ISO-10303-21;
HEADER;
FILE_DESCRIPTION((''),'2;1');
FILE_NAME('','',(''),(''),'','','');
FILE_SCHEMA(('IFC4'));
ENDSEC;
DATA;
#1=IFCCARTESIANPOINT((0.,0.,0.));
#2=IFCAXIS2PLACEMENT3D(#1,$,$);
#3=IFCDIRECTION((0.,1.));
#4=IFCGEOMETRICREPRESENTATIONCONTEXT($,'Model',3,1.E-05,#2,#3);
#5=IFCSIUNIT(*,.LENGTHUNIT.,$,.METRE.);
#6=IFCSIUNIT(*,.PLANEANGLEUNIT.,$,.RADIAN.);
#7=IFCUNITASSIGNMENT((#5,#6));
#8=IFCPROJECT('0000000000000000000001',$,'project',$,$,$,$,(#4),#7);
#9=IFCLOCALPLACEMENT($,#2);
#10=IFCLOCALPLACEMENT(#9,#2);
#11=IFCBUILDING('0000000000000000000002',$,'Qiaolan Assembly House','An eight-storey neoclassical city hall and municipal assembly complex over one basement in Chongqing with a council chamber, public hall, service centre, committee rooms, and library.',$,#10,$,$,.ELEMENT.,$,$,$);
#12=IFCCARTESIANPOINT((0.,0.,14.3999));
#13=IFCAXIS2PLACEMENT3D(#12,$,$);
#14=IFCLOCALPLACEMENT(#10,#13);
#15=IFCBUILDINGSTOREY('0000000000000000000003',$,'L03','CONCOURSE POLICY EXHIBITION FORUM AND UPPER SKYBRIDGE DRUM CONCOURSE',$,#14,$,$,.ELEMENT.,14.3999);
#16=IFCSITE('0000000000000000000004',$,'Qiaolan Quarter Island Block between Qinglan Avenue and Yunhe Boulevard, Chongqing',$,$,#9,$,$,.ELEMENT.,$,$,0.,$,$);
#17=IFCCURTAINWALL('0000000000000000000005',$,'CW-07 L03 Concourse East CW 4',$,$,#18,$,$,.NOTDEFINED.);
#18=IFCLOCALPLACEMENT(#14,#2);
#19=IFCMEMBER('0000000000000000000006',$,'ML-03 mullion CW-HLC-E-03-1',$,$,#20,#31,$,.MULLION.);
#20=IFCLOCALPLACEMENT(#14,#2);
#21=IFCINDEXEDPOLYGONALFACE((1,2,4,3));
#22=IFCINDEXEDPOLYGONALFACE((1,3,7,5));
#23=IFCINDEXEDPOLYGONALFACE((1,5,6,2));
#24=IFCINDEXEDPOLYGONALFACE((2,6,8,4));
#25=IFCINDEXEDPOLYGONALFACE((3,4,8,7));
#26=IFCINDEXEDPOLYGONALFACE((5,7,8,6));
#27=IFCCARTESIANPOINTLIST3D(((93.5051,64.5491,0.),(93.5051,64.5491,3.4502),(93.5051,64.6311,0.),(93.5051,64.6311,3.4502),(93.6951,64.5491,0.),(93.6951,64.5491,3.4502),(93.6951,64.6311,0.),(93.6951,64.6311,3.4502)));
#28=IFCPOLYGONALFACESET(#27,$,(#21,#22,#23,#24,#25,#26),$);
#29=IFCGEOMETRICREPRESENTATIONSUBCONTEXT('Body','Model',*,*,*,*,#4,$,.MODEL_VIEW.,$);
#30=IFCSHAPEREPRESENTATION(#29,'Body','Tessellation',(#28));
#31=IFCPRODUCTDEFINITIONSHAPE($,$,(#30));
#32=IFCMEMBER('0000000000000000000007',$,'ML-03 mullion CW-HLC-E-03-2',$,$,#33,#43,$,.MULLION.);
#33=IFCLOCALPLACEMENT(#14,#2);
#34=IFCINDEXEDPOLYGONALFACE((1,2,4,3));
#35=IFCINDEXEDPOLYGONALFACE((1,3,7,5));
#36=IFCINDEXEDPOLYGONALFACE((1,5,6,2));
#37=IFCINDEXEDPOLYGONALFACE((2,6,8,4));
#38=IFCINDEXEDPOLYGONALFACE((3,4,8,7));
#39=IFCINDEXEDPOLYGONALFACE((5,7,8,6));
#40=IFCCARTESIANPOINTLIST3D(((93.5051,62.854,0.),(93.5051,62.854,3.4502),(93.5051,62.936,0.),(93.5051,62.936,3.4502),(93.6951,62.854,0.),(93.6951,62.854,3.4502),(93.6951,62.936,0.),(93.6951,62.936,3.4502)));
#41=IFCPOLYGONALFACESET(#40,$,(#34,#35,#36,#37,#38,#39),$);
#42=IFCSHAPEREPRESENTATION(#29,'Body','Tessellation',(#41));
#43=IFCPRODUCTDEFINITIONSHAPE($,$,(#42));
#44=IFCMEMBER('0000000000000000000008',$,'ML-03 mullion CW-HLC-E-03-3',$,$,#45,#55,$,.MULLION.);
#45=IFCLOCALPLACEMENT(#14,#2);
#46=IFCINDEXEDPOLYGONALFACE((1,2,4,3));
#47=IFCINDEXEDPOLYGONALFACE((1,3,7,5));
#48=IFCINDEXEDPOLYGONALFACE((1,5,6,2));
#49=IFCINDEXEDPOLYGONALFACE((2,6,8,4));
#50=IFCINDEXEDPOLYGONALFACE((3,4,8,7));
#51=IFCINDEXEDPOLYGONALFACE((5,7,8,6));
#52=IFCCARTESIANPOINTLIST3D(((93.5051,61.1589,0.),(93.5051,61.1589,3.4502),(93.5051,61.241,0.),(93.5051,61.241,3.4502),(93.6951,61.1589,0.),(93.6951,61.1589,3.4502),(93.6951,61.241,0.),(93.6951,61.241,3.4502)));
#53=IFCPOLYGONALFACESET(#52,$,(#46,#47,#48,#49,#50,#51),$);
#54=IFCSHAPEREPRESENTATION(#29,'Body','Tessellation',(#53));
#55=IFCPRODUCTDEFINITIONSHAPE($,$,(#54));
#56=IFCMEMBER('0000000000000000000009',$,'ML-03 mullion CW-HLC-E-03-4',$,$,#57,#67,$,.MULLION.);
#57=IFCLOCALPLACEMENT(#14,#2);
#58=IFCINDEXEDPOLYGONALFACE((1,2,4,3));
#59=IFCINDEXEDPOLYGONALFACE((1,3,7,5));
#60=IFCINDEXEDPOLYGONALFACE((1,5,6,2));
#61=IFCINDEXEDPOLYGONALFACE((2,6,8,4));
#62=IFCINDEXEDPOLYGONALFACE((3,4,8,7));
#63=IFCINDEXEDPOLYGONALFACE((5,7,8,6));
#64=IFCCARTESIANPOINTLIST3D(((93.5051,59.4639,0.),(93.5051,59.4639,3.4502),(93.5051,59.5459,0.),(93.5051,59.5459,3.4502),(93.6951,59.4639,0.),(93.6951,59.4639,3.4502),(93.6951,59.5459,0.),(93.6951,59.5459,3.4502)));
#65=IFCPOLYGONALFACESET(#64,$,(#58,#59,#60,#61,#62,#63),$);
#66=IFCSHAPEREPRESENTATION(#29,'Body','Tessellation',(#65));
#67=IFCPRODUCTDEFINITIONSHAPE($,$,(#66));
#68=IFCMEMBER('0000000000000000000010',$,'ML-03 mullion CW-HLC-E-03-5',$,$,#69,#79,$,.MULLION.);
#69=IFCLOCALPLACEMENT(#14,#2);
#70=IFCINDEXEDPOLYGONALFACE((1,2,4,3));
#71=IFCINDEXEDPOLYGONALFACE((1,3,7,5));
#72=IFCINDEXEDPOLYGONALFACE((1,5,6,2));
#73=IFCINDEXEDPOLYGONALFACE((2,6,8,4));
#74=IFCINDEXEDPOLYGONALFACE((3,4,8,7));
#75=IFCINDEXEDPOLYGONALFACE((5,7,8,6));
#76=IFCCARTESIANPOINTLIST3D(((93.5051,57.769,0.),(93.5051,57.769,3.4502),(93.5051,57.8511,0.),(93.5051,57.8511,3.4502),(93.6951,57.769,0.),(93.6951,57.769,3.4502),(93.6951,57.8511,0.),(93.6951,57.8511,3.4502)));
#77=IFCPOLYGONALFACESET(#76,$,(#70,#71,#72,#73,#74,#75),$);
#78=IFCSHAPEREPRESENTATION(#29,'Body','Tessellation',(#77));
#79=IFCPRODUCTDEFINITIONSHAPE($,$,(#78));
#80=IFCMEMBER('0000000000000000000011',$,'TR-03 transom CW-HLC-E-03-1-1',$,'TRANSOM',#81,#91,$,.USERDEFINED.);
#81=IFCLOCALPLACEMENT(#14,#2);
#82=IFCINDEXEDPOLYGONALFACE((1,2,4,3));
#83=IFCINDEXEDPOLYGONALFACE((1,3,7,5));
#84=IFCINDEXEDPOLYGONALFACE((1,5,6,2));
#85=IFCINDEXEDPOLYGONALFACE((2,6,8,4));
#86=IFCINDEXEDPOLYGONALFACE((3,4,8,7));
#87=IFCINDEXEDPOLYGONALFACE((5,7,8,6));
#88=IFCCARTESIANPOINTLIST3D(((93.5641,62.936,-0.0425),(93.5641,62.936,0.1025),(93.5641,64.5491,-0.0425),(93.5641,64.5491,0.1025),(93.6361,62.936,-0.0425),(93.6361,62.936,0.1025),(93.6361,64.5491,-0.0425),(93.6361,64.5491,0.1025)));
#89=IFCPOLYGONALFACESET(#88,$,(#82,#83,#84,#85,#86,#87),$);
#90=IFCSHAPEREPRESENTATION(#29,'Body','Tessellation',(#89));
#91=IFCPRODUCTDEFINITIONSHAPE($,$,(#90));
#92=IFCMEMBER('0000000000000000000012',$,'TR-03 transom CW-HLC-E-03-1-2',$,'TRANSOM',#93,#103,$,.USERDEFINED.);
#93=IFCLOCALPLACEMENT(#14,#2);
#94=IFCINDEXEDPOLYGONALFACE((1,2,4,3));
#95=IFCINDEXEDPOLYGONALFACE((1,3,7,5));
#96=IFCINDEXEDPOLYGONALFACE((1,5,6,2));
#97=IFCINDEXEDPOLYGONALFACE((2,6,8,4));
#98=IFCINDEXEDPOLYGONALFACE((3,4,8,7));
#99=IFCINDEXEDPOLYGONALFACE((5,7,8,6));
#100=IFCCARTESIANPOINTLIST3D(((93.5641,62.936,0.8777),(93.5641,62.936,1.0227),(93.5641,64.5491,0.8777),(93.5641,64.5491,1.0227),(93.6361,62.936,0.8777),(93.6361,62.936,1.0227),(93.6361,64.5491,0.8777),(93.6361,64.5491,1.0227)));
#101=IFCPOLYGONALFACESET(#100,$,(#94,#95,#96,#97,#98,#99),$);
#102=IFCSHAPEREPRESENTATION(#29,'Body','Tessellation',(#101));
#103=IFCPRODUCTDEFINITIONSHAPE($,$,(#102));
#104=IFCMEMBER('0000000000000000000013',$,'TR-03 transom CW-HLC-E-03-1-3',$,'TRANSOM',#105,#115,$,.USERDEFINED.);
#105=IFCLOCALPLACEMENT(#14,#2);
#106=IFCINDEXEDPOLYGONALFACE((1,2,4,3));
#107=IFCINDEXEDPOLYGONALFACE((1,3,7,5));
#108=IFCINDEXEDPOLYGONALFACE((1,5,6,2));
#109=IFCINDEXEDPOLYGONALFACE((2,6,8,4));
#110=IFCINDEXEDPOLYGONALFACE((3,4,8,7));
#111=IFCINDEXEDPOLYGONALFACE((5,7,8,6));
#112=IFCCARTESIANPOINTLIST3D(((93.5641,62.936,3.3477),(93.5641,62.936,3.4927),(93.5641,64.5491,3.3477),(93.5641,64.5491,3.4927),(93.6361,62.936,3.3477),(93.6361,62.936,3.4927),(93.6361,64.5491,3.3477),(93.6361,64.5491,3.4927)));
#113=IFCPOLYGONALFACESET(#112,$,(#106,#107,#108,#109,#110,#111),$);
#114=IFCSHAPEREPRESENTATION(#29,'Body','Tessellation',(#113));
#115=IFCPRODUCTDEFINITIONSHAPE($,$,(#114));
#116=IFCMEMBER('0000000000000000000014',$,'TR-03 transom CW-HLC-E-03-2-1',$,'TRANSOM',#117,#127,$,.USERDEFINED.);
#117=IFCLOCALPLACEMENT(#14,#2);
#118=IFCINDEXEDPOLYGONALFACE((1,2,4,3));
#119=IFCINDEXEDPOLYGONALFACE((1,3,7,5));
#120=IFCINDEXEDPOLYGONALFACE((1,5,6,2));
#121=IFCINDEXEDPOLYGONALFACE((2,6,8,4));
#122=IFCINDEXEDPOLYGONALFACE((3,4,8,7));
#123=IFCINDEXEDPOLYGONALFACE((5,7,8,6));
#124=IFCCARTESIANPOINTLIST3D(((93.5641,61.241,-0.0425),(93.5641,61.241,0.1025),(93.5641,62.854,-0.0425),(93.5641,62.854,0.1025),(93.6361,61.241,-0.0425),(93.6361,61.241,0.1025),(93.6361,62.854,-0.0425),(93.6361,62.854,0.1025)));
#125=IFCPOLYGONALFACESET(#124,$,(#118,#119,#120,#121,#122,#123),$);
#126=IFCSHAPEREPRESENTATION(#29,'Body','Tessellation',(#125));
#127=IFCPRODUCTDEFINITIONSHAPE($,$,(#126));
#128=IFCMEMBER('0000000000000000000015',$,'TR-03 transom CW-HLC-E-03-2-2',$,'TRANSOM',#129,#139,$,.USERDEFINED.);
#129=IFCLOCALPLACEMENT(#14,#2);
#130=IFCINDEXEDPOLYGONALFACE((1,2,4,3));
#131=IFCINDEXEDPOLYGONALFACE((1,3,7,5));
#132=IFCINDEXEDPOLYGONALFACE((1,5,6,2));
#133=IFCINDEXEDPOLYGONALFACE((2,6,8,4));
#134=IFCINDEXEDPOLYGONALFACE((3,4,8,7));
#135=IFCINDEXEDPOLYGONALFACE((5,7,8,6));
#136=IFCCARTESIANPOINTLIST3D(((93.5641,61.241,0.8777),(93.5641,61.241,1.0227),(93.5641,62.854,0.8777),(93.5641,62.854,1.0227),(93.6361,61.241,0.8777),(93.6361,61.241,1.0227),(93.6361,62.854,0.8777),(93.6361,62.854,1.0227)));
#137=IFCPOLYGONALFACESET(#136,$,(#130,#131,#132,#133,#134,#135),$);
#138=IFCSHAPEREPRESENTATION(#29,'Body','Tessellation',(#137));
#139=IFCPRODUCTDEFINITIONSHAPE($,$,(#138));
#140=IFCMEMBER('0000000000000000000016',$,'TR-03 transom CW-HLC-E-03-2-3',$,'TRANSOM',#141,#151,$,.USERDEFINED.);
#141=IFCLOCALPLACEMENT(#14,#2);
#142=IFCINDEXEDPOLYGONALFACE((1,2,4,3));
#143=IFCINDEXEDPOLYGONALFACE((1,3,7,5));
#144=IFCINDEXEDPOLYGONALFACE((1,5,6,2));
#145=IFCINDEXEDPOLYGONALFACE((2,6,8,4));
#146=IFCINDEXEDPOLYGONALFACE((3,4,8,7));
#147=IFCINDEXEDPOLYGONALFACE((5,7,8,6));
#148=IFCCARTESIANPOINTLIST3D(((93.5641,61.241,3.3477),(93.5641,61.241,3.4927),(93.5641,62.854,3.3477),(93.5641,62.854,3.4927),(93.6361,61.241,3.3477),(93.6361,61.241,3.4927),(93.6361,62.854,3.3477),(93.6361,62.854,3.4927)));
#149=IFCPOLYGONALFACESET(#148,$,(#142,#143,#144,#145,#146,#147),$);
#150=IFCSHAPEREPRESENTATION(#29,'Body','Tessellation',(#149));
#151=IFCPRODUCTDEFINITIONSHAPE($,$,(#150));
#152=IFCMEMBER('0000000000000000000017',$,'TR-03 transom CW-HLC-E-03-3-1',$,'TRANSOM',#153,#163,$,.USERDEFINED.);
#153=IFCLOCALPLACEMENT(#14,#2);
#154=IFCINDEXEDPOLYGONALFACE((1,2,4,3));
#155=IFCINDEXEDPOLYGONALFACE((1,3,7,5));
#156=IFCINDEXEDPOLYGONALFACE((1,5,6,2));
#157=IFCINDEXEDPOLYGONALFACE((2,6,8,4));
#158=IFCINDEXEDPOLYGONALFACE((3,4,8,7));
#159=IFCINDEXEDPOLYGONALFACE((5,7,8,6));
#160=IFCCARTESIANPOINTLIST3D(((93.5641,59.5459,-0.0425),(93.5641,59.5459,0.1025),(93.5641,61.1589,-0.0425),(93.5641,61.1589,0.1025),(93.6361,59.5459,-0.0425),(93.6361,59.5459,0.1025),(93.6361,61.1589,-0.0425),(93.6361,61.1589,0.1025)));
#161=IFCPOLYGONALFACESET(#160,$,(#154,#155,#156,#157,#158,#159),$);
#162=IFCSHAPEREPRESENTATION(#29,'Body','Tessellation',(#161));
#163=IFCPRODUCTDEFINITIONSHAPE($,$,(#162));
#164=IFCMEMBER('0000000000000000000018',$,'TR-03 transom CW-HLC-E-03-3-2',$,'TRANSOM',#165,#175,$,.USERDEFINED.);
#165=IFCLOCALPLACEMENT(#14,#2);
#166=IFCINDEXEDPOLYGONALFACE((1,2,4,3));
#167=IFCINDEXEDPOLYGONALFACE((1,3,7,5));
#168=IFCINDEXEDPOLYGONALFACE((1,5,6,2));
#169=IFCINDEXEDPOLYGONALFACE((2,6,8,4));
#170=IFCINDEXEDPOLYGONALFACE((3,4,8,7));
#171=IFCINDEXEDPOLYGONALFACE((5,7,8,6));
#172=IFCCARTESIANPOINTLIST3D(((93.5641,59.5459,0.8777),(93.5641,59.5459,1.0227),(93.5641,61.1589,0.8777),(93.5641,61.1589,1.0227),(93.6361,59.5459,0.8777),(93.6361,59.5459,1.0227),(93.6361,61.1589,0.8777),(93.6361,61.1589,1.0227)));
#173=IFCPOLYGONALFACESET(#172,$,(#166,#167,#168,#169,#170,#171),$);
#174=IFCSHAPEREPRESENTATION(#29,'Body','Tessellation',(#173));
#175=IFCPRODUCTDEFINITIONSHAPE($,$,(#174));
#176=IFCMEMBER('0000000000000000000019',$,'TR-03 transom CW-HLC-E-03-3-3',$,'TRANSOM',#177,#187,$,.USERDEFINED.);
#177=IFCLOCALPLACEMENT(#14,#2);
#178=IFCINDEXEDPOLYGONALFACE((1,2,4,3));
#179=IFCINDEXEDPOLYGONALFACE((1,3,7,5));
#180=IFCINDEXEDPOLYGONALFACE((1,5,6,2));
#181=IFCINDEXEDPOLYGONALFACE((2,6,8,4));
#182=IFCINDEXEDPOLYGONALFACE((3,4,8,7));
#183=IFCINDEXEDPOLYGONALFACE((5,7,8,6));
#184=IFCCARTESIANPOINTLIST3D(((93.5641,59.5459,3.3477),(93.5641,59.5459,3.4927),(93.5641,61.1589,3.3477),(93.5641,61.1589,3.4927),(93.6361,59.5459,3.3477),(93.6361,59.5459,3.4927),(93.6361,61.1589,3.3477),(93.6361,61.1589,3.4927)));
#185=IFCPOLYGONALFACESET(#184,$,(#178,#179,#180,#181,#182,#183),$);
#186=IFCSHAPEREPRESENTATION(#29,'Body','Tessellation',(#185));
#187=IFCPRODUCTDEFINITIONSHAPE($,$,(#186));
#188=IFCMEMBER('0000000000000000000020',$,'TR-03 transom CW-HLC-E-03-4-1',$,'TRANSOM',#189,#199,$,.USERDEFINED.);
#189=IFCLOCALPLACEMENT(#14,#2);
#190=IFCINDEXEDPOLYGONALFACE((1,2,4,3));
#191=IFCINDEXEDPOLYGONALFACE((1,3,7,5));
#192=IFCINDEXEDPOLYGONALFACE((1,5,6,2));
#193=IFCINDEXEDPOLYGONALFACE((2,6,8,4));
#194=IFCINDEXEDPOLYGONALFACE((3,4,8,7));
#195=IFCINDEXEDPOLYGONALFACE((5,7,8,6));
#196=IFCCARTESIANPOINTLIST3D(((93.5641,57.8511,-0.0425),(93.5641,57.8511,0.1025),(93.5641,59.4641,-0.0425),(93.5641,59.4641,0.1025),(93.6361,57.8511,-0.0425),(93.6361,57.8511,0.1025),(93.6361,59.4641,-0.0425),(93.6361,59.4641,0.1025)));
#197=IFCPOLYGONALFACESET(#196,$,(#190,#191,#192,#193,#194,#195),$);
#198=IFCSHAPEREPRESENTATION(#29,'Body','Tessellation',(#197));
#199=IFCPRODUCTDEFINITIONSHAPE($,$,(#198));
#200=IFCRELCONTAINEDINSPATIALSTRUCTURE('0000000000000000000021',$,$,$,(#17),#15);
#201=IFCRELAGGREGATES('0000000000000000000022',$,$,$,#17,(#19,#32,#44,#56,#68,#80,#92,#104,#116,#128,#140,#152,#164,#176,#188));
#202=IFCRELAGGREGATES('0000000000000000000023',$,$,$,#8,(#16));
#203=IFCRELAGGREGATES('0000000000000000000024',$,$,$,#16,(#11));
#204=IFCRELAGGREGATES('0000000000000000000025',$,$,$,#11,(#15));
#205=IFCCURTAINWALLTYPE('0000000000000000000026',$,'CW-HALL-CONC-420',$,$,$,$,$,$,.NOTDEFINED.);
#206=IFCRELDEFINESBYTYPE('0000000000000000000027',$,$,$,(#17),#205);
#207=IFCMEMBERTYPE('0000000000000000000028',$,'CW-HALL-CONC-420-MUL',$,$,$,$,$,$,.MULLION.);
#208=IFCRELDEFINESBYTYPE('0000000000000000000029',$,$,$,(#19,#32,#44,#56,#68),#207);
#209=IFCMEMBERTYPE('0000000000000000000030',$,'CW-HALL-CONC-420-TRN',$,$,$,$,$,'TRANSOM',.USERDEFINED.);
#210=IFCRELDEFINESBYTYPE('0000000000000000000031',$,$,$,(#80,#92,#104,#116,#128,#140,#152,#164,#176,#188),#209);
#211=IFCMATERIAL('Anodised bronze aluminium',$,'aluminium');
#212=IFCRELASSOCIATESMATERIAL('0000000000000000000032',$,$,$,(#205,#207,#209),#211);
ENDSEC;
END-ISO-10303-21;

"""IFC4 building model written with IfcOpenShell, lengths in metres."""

from ifc_helpers import new_model, si_unit, direction, frame, origin, origin_2d, place, context, subcontext, project, spatial, rectangle, extrude, material, material_profile, profile_set, type_object, element, aggregate, save


model = new_model("IFC4")

# Units and contexts
model_context = context("Model", 3, precision=1e-05, world=origin(), true_north=direction((0.0, 1.0)))
body_context = subcontext(model_context, "Body", "Model", "MODEL_VIEW")
ifc_project = project(units=[si_unit("LENGTHUNIT", "METRE"), si_unit("PLANEANGLEUNIT", "RADIAN")], contexts=[model_context])

# Site, building, storey
site_placement = place(None, origin())
site = spatial("IfcSite", under=ifc_project, at=site_placement, Name="Qiaolan Quarter Island Block between Qinglan Avenue and Yunhe Boulevard, Chongqing", CompositionType="ELEMENT", RefElevation=0.0)
building_placement = place(site_placement, origin())
building = spatial("IfcBuilding", under=site, at=building_placement, Name="Qiaolan Assembly House", Description="An eight-storey neoclassical city hall and municipal assembly complex over one basement in Chongqing with a council chamber, public hall, service centre, committee rooms, and library.", CompositionType="ELEMENT")
storey_placement = place(building_placement, frame((0.0, 0.0, 14.3999)))
storey = spatial("IfcBuildingStorey", under=building, at=storey_placement, Name="L03", Description="CONCOURSE POLICY EXHIBITION FORUM AND UPPER SKYBRIDGE DRUM CONCOURSE", CompositionType="ELEMENT", Elevation=14.3999)

# Curtain wall, members
ifc_material_1 = material(Name="Anodised bronze aluminium", Category="aluminium")
curtain_wall_type = type_object("IfcCurtainWallType", Name="CW-HALL-CONC-420", PredefinedType="NOTDEFINED", material=ifc_material_1)
curtain_wall_placement = place(storey_placement, origin())
curtain_wall = element("IfcCurtainWall", 1, at=curtain_wall_placement, inside=storey, type_object=curtain_wall_type, Name="CW-07 L03 Concourse East CW 4", PredefinedType="NOTDEFINED")
ifc_material_profile_1 = material_profile(ifc_material_1, rectangle(XDim=0.082, YDim=0.1899, at=origin_2d()), Name="MUL 82x190")
ifc_profile_set_1 = profile_set([ifc_material_profile_1], Name="Anodised bronze aluminium")
member_type_1 = type_object("IfcMemberType", Name="CW-HALL-CONC-420-MUL", PredefinedType="MULLION", material=ifc_profile_set_1)
member_1_placement = place(storey_placement, frame((93.6001, 64.5901, 0.0), z_axis=(0.0, 0.0, 1.0), x_axis=(0.0, -1.0, 0.0)))
member_1 = element("IfcMember", 2, at=member_1_placement, type_object=member_type_1, Name="ML-03 mullion CW-HLC-E-03-1", PredefinedType="MULLION", context=body_context, shape_type="SweptSolid", body=[
    extrude(rectangle(XDim=0.082, YDim=0.1899, at=origin_2d()), origin(), (0.0, 0.0, 1.0), 3.4502),
])
member_2_placement = place(storey_placement, frame((93.6001, 62.895, 0.0), z_axis=(0.0, 0.0, 1.0), x_axis=(0.0, -1.0, 0.0)))
member_2 = element("IfcMember", 3, at=member_2_placement, type_object=member_type_1, Name="ML-03 mullion CW-HLC-E-03-2", PredefinedType="MULLION", context=body_context, shape_type="SweptSolid", body=[
    extrude(rectangle(XDim=0.082, YDim=0.1899, at=origin_2d()), origin(), (0.0, 0.0, 1.0), 3.4502),
])
member_3_placement = place(storey_placement, frame((93.6001, 61.2, 0.0), z_axis=(0.0, 0.0, 1.0), x_axis=(0.0, -1.0, 0.0)))
member_3 = element("IfcMember", 4, at=member_3_placement, type_object=member_type_1, Name="ML-03 mullion CW-HLC-E-03-3", PredefinedType="MULLION", context=body_context, shape_type="SweptSolid", body=[
    extrude(rectangle(XDim=0.082, YDim=0.1899, at=origin_2d()), origin(), (0.0, 0.0, 1.0), 3.4502),
])
member_4_placement = place(storey_placement, frame((93.6001, 59.5049, 0.0), z_axis=(0.0, 0.0, 1.0), x_axis=(0.0, -1.0, 0.0)))
member_4 = element("IfcMember", 5, at=member_4_placement, type_object=member_type_1, Name="ML-03 mullion CW-HLC-E-03-4", PredefinedType="MULLION", context=body_context, shape_type="SweptSolid", body=[
    extrude(rectangle(XDim=0.082, YDim=0.1899, at=origin_2d()), origin(), (0.0, 0.0, 1.0), 3.4502),
])
member_5_placement = place(storey_placement, frame((93.6001, 57.8101, 0.0), z_axis=(0.0, 0.0, 1.0), x_axis=(0.0, -1.0, 0.0)))
member_5 = element("IfcMember", 6, at=member_5_placement, type_object=member_type_1, Name="ML-03 mullion CW-HLC-E-03-5", PredefinedType="MULLION", context=body_context, shape_type="SweptSolid", body=[
    extrude(rectangle(XDim=0.082, YDim=0.1899, at=origin_2d()), origin(), (0.0, 0.0, 1.0), 3.4502),
])
ifc_material_profile_2 = material_profile(ifc_material_1, rectangle(XDim=0.072, YDim=0.145, at=origin_2d()), Name="TRN 72x145")
ifc_profile_set_2 = profile_set([ifc_material_profile_2], Name="Anodised bronze aluminium")
member_type_2 = type_object("IfcMemberType", Name="CW-HALL-CONC-420-TRN", ElementType="TRANSOM", PredefinedType="USERDEFINED", material=ifc_profile_set_2)
member_6_placement = place(storey_placement, frame((93.6001, 64.5491, 0.03), z_axis=(0.0, -1.0, 0.0), x_axis=(1.0, 0.0, 0.0)))
member_6 = element("IfcMember", 7, at=member_6_placement, type_object=member_type_2, Name="TR-03 transom CW-HLC-E-03-1-1", ObjectType="TRANSOM", PredefinedType="USERDEFINED", context=body_context, shape_type="SweptSolid", body=[
    extrude(rectangle(XDim=0.072, YDim=0.145, at=origin_2d()), origin(), (0.0, 0.0, 1.0), 1.613),
])
member_7_placement = place(storey_placement, frame((93.6001, 64.5491, 0.9502), z_axis=(0.0, -1.0, 0.0), x_axis=(1.0, 0.0, 0.0)))
member_7 = element("IfcMember", 8, at=member_7_placement, type_object=member_type_2, Name="TR-03 transom CW-HLC-E-03-1-2", ObjectType="TRANSOM", PredefinedType="USERDEFINED", context=body_context, shape_type="SweptSolid", body=[
    extrude(rectangle(XDim=0.072, YDim=0.145, at=origin_2d()), origin(), (0.0, 0.0, 1.0), 1.613),
])
member_8_placement = place(storey_placement, frame((93.6001, 64.5491, 3.4202), z_axis=(0.0, -1.0, 0.0), x_axis=(1.0, 0.0, 0.0)))
member_8 = element("IfcMember", 9, at=member_8_placement, type_object=member_type_2, Name="TR-03 transom CW-HLC-E-03-1-3", ObjectType="TRANSOM", PredefinedType="USERDEFINED", context=body_context, shape_type="SweptSolid", body=[
    extrude(rectangle(XDim=0.072, YDim=0.145, at=origin_2d()), origin(), (0.0, 0.0, 1.0), 1.613),
])
member_9_placement = place(storey_placement, frame((93.6001, 62.854, 0.03), z_axis=(0.0, -1.0, 0.0), x_axis=(1.0, 0.0, 0.0)))
member_9 = element("IfcMember", 10, at=member_9_placement, type_object=member_type_2, Name="TR-03 transom CW-HLC-E-03-2-1", ObjectType="TRANSOM", PredefinedType="USERDEFINED", context=body_context, shape_type="SweptSolid", body=[
    extrude(rectangle(XDim=0.072, YDim=0.145, at=origin_2d()), origin(), (0.0, 0.0, 1.0), 1.613),
])
member_10_placement = place(storey_placement, frame((93.6001, 62.854, 0.9502), z_axis=(0.0, -1.0, 0.0), x_axis=(1.0, 0.0, 0.0)))
member_10 = element("IfcMember", 11, at=member_10_placement, type_object=member_type_2, Name="TR-03 transom CW-HLC-E-03-2-2", ObjectType="TRANSOM", PredefinedType="USERDEFINED", context=body_context, shape_type="SweptSolid", body=[
    extrude(rectangle(XDim=0.072, YDim=0.145, at=origin_2d()), origin(), (0.0, 0.0, 1.0), 1.613),
])
member_11_placement = place(storey_placement, frame((93.6001, 62.854, 3.4202), z_axis=(0.0, -1.0, 0.0), x_axis=(1.0, 0.0, 0.0)))
member_11 = element("IfcMember", 12, at=member_11_placement, type_object=member_type_2, Name="TR-03 transom CW-HLC-E-03-2-3", ObjectType="TRANSOM", PredefinedType="USERDEFINED", context=body_context, shape_type="SweptSolid", body=[
    extrude(rectangle(XDim=0.072, YDim=0.145, at=origin_2d()), origin(), (0.0, 0.0, 1.0), 1.613),
])
member_12_placement = place(storey_placement, frame((93.6001, 61.1589, 0.03), z_axis=(0.0, -1.0, 0.0), x_axis=(1.0, 0.0, 0.0)))
member_12 = element("IfcMember", 13, at=member_12_placement, type_object=member_type_2, Name="TR-03 transom CW-HLC-E-03-3-1", ObjectType="TRANSOM", PredefinedType="USERDEFINED", context=body_context, shape_type="SweptSolid", body=[
    extrude(rectangle(XDim=0.072, YDim=0.145, at=origin_2d()), origin(), (0.0, 0.0, 1.0), 1.613),
])
member_13_placement = place(storey_placement, frame((93.6001, 61.1589, 0.9502), z_axis=(0.0, -1.0, 0.0), x_axis=(1.0, 0.0, 0.0)))
member_13 = element("IfcMember", 14, at=member_13_placement, type_object=member_type_2, Name="TR-03 transom CW-HLC-E-03-3-2", ObjectType="TRANSOM", PredefinedType="USERDEFINED", context=body_context, shape_type="SweptSolid", body=[
    extrude(rectangle(XDim=0.072, YDim=0.145, at=origin_2d()), origin(), (0.0, 0.0, 1.0), 1.613),
])
member_14_placement = place(storey_placement, frame((93.6001, 61.1589, 3.4202), z_axis=(0.0, -1.0, 0.0), x_axis=(1.0, 0.0, 0.0)))
member_14 = element("IfcMember", 15, at=member_14_placement, type_object=member_type_2, Name="TR-03 transom CW-HLC-E-03-3-3", ObjectType="TRANSOM", PredefinedType="USERDEFINED", context=body_context, shape_type="SweptSolid", body=[
    extrude(rectangle(XDim=0.072, YDim=0.145, at=origin_2d()), origin(), (0.0, 0.0, 1.0), 1.613),
])
member_15_placement = place(storey_placement, frame((93.6001, 59.4641, 0.03), z_axis=(0.0, -1.0, 0.0), x_axis=(1.0, 0.0, 0.0)))
member_15 = element("IfcMember", 16, at=member_15_placement, type_object=member_type_2, Name="TR-03 transom CW-HLC-E-03-4-1", ObjectType="TRANSOM", PredefinedType="USERDEFINED", context=body_context, shape_type="SweptSolid", body=[
    extrude(rectangle(XDim=0.072, YDim=0.145, at=origin_2d()), origin(), (0.0, 0.0, 1.0), 1.613),
])

aggregate(curtain_wall, [member_1, member_2, member_3, member_4, member_5, member_6, member_7, member_8, member_9, member_10, member_11, member_12, member_13, member_14, member_15])

save(model, "model.ifc")
